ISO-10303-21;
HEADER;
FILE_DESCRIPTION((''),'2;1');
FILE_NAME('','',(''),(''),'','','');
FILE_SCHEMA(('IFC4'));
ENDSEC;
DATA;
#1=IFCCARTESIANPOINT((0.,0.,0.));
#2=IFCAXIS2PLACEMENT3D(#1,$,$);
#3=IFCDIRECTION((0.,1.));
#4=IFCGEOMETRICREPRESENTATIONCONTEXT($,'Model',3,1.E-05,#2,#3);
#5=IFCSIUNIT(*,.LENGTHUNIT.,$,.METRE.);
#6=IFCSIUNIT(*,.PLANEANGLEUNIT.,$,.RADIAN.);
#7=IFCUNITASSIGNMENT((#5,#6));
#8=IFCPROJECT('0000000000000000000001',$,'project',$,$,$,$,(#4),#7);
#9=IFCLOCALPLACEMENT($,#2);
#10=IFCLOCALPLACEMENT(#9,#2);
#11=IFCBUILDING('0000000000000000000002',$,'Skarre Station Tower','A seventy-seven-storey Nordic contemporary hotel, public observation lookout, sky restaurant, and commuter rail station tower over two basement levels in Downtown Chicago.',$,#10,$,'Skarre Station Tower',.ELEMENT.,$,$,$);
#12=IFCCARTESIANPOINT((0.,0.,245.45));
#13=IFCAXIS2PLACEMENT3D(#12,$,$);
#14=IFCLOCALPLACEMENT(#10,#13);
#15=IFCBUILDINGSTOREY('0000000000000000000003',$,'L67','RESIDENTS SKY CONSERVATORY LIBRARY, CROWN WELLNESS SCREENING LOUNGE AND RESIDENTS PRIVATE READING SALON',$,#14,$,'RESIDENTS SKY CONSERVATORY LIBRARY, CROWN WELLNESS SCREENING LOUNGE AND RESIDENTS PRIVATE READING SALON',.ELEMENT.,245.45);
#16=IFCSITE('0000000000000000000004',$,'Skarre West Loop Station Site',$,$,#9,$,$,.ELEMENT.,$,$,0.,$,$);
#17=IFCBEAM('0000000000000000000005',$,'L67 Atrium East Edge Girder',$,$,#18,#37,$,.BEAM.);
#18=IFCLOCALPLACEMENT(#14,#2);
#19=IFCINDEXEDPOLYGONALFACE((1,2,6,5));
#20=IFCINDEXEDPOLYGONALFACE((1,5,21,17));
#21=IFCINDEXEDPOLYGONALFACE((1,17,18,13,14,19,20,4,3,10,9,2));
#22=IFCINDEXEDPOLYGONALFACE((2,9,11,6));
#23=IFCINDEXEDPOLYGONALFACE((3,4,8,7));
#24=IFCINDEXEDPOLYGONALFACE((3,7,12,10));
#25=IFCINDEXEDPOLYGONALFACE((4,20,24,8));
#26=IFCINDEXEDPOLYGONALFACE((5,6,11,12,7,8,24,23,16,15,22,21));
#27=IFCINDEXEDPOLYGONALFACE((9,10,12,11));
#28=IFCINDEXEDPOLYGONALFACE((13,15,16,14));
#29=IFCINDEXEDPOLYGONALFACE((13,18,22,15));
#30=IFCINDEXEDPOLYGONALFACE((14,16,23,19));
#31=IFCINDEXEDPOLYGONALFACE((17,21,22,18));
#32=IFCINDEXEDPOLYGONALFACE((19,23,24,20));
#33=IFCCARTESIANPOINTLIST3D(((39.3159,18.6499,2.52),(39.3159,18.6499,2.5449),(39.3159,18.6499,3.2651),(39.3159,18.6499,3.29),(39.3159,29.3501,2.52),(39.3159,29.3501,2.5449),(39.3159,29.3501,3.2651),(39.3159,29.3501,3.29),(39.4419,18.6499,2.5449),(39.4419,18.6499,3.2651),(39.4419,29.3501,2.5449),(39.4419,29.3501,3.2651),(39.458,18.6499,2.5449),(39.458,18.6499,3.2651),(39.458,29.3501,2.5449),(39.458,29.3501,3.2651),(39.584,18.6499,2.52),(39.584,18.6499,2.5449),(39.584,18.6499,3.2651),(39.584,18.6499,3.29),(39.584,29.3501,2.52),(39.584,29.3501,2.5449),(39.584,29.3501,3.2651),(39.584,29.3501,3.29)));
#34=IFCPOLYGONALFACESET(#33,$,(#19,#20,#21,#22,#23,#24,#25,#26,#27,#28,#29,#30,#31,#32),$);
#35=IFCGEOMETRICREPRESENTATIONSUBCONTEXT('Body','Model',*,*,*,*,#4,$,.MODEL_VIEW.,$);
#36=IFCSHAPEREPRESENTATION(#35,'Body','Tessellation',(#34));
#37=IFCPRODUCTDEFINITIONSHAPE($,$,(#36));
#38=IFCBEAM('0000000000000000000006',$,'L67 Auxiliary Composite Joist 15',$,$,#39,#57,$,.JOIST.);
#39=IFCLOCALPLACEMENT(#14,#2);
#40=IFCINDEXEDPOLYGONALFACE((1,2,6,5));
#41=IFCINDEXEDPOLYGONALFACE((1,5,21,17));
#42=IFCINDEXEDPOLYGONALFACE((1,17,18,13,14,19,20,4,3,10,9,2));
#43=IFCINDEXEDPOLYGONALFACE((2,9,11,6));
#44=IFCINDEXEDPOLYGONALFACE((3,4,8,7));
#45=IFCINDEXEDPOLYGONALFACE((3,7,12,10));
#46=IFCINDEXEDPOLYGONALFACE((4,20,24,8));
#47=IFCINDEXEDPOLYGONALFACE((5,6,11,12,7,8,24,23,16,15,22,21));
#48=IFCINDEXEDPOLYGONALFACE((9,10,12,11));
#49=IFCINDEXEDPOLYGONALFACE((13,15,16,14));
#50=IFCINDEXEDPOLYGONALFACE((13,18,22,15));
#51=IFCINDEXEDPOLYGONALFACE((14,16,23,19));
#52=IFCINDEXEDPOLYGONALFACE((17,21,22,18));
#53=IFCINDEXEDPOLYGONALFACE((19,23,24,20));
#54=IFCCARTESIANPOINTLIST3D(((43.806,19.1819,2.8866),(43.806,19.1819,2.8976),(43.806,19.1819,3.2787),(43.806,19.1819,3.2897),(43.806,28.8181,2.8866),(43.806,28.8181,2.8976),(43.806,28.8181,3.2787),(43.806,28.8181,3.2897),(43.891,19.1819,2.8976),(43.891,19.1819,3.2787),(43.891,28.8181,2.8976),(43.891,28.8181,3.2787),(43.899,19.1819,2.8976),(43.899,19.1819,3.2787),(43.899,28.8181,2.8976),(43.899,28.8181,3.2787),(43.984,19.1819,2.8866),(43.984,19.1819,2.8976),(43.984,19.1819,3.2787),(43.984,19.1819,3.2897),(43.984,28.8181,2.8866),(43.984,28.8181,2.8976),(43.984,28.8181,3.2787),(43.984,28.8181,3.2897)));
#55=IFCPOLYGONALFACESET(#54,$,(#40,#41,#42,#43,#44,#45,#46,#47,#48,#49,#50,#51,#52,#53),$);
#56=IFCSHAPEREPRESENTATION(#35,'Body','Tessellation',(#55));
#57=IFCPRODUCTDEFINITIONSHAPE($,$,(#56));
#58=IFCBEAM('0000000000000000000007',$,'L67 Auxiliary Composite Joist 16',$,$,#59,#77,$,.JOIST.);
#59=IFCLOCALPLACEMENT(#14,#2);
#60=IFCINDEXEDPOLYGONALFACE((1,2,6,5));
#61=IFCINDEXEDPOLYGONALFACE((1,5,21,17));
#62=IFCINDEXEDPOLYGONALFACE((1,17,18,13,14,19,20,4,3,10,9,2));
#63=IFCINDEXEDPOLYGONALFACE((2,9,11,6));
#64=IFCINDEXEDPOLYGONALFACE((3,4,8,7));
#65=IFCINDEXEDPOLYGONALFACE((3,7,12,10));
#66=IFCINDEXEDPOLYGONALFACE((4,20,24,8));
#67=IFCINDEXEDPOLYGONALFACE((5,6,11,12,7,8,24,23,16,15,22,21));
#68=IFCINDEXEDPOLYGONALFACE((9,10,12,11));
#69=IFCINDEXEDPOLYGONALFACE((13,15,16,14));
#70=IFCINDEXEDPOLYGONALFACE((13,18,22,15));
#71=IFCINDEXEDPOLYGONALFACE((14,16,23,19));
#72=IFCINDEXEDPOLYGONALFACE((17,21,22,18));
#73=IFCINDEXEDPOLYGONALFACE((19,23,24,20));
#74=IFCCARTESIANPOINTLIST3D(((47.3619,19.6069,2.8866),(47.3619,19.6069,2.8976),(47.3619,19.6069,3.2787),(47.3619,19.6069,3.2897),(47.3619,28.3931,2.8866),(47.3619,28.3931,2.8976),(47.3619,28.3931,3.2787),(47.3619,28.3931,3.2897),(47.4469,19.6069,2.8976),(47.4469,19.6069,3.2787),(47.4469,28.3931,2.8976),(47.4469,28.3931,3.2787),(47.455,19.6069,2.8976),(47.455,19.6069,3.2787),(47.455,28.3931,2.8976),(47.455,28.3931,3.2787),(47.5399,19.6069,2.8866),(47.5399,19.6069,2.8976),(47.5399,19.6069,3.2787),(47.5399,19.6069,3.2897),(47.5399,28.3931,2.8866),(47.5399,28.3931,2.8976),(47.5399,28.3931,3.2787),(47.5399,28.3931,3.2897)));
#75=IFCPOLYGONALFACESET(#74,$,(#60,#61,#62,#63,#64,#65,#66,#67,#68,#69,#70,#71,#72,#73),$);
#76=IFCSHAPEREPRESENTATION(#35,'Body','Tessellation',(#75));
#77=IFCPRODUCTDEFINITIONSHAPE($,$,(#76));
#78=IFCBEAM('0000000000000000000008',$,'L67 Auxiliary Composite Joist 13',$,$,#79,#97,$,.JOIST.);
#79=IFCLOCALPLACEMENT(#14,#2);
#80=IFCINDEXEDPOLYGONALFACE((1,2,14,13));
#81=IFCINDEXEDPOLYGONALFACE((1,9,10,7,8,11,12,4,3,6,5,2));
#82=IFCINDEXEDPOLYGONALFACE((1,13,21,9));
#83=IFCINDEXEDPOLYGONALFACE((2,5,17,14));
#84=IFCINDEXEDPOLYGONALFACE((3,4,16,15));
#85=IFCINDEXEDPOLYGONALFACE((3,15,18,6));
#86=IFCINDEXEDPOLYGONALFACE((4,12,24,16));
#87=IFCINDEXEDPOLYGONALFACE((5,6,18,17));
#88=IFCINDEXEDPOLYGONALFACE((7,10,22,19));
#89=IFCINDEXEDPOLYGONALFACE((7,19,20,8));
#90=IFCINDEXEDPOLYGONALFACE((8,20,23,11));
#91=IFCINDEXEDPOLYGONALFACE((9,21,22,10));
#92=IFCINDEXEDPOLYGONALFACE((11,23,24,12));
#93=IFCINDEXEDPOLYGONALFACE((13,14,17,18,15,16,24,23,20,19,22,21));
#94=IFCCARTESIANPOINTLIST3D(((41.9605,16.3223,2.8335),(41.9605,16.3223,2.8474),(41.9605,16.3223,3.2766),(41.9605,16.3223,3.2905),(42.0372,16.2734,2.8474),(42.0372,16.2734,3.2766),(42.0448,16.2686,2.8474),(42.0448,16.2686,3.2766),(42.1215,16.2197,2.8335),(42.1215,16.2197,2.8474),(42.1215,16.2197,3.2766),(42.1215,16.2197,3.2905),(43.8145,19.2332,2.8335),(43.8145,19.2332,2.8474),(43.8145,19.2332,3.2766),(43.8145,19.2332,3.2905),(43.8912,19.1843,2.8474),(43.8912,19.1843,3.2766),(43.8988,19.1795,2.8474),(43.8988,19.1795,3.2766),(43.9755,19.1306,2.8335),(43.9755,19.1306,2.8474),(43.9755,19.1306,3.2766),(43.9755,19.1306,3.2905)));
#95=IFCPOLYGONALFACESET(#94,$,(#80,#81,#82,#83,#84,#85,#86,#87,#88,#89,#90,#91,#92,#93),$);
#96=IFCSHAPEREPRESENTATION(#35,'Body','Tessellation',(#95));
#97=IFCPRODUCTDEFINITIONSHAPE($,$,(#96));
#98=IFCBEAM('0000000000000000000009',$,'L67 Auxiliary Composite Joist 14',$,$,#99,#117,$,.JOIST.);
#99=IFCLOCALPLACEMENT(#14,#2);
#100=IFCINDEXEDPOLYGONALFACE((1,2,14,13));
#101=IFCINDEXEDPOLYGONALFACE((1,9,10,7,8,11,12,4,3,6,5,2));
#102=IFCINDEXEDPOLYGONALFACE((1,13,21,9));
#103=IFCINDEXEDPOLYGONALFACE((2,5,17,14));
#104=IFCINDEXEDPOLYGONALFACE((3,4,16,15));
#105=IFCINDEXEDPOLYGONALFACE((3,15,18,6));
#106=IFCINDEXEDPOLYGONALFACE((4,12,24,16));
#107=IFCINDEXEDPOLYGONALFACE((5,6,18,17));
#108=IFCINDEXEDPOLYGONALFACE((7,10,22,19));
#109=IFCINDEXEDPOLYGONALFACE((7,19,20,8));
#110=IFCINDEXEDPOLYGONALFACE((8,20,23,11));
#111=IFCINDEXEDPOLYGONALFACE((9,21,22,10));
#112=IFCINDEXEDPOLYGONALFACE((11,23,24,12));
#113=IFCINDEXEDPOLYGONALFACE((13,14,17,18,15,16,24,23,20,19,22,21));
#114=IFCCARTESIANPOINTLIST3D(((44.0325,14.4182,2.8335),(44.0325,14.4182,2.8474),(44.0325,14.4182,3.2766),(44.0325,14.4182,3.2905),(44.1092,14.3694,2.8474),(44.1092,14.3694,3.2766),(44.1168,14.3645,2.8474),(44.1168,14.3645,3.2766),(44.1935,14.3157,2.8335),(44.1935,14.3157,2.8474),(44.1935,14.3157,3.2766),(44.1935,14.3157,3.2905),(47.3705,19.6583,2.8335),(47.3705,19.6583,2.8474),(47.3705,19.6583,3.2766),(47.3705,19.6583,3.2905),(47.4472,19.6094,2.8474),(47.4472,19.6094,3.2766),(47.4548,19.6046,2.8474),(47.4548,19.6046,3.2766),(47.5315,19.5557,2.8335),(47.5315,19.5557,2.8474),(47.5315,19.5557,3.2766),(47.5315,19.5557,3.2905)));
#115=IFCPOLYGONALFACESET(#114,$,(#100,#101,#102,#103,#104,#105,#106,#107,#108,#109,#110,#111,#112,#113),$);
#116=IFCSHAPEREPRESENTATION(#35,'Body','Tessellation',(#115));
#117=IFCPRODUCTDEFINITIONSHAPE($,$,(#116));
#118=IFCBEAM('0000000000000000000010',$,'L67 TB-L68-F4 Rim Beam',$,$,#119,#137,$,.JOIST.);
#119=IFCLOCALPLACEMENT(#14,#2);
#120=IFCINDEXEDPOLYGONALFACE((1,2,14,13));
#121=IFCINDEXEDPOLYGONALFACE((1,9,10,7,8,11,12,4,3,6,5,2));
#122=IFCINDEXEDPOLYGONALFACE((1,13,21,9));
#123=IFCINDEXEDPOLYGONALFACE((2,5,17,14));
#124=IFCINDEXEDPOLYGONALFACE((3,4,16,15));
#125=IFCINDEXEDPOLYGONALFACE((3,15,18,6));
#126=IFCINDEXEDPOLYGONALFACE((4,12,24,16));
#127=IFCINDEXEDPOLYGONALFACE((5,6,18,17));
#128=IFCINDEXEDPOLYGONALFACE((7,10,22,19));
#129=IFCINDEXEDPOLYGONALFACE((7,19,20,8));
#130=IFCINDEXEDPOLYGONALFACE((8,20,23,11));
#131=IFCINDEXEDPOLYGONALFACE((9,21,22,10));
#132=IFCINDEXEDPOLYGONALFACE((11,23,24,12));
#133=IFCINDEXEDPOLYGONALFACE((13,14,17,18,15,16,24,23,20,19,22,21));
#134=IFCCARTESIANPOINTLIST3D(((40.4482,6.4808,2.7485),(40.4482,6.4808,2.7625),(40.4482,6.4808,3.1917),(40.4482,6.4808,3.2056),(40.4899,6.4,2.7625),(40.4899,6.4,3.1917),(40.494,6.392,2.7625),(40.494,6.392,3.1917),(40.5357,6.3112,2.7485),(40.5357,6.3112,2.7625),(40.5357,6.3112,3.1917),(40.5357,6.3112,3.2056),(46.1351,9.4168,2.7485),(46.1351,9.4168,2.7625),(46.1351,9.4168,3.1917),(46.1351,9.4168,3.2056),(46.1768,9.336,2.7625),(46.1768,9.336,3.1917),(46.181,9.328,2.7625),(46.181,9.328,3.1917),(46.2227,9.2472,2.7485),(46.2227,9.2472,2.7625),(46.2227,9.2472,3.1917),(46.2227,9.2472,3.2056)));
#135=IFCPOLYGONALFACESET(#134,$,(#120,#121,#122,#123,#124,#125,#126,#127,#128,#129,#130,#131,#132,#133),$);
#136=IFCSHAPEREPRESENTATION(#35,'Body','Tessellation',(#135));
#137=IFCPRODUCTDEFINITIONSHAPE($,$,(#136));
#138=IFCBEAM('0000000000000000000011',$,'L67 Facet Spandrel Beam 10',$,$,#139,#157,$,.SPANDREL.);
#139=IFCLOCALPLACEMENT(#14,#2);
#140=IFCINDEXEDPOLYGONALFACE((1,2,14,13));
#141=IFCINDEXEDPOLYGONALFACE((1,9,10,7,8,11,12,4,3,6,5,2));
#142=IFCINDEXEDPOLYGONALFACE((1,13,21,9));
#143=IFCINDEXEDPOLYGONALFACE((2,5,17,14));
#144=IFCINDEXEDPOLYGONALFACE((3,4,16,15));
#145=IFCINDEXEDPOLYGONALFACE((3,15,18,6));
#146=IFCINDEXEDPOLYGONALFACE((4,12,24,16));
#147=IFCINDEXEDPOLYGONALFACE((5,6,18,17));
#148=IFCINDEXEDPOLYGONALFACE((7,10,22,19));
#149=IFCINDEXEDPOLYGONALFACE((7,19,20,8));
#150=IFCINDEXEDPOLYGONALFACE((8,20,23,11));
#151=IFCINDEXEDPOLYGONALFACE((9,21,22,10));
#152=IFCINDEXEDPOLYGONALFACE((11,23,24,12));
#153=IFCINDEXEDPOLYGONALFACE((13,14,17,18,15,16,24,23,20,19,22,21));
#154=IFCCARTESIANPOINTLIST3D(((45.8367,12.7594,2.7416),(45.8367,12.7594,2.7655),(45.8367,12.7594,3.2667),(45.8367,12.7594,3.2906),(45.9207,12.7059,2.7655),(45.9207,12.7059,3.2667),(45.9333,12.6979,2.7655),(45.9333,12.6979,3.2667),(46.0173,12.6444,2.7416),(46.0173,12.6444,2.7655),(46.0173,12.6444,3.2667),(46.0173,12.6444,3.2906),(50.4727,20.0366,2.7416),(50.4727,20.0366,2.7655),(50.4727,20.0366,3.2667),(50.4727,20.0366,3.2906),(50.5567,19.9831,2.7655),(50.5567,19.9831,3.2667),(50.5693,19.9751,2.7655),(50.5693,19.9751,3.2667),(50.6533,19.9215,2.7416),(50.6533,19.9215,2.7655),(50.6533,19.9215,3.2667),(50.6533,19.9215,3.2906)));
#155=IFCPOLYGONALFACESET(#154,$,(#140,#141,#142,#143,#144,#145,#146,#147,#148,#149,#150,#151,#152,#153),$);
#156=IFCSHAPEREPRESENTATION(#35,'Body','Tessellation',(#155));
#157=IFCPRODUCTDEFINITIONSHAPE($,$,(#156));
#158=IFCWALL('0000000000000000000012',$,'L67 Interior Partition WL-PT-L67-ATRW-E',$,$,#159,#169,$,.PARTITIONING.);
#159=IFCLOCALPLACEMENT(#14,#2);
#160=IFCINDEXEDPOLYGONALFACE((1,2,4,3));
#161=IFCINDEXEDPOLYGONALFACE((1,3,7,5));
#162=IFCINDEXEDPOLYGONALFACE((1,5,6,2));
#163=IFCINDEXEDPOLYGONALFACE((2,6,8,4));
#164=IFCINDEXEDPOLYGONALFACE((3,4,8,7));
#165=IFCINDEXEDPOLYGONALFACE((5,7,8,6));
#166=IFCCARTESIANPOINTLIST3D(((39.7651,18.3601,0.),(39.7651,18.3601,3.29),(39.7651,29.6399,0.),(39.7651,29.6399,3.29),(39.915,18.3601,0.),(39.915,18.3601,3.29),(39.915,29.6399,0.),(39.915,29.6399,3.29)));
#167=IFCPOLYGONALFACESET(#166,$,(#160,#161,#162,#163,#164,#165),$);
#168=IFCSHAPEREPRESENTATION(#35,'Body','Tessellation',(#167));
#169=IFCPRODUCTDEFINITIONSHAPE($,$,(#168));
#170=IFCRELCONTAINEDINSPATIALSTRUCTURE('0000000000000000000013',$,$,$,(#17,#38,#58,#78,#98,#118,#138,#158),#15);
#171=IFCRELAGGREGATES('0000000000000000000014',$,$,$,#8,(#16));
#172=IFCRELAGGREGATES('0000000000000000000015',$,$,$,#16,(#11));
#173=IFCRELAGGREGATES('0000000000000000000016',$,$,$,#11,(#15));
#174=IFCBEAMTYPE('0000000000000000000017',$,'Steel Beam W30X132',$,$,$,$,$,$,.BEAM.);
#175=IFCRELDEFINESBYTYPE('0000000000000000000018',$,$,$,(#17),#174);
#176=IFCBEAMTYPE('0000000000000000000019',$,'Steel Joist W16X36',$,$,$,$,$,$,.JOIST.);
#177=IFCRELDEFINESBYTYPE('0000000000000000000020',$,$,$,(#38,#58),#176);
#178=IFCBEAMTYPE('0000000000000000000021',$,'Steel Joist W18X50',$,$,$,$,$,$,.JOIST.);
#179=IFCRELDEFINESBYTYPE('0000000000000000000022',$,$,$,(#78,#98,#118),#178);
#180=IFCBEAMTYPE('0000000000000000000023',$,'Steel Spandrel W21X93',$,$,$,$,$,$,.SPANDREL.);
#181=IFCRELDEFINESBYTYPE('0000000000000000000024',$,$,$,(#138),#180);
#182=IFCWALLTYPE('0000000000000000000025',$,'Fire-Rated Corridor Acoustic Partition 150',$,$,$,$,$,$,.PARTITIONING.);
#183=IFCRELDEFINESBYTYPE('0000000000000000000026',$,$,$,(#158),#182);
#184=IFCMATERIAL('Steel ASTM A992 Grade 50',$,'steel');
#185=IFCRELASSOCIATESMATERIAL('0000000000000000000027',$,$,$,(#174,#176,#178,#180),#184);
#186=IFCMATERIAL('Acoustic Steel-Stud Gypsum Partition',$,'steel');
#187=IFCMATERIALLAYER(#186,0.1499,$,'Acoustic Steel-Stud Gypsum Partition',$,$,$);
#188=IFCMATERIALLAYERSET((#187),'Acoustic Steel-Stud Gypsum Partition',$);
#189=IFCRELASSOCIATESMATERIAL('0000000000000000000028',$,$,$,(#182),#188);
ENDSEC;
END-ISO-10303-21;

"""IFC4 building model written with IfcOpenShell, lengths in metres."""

from ifc_helpers import new_model, si_unit, direction, frame, frame_2d, origin, origin_2d, place, context, subcontext, project, spatial, rectangle, i_section, extrude, material, layer, layer_set, material_profile, profile_set, type_object, element, save


model = new_model("IFC4")

# Units and contexts
model_context = context("Model", 3, precision=1e-05, world=origin(), true_north=direction((0.0, 1.0)))
body_context = subcontext(model_context, "Body", "Model", "MODEL_VIEW")
ifc_project = project(units=[si_unit("LENGTHUNIT", "METRE"), si_unit("PLANEANGLEUNIT", "RADIAN")], contexts=[model_context])

# Site, building, storey
site_placement = place(None, origin())
site = spatial("IfcSite", under=ifc_project, at=site_placement, Name="Skarre West Loop Station Site", CompositionType="ELEMENT", RefElevation=0.0)
building_placement = place(site_placement, origin())
building = spatial("IfcBuilding", under=site, at=building_placement, Name="Skarre Station Tower", Description="A seventy-seven-storey Nordic contemporary hotel, public observation lookout, sky restaurant, and commuter rail station tower over two basement levels in Downtown Chicago.", LongName="Skarre Station Tower", CompositionType="ELEMENT")
storey_placement = place(building_placement, frame((0.0, 0.0, 245.45)))
storey = spatial("IfcBuildingStorey", under=building, at=storey_placement, Name="L67", Description="RESIDENTS SKY CONSERVATORY LIBRARY, CROWN WELLNESS SCREENING LOUNGE AND RESIDENTS PRIVATE READING SALON", LongName="RESIDENTS SKY CONSERVATORY LIBRARY, CROWN WELLNESS SCREENING LOUNGE AND RESIDENTS PRIVATE READING SALON", CompositionType="ELEMENT", Elevation=245.45)

# Beams
ifc_material_1 = material(Name="Steel ASTM A992 Grade 50", Category="steel")
ifc_material_profile_1 = material_profile(ifc_material_1, i_section(OverallWidth=0.2681, OverallDepth=0.77, WebThickness=0.0161, FlangeThickness=0.0249, at=origin_2d()), Name="Steel ASTM A992 Grade 50")
ifc_profile_set_1 = profile_set([ifc_material_profile_1], Name="Steel ASTM A992 Grade 50")
beam_type_1 = type_object("IfcBeamType", Name="Steel Beam W30X132", PredefinedType="BEAM", material=ifc_profile_set_1)
beam_1_placement = place(storey_placement, frame((39.45, 18.6499, 2.905), z_axis=(0.0, 1.0, 0.0), x_axis=(-1.0, 0.0, 0.0)))
element("IfcBeam", 1, at=beam_1_placement, inside=storey, type_object=beam_type_1, Name="L67 Atrium East Edge Girder", PredefinedType="BEAM", context=body_context, shape_type="SweptSolid", body=[
    extrude(i_section(OverallWidth=0.2681, OverallDepth=0.77, WebThickness=0.0161, FlangeThickness=0.0249, at=origin_2d()), origin(), (0.0, 0.0, 1.0), 10.7002),
])
ifc_material_profile_2 = material_profile(ifc_material_1, i_section(OverallWidth=0.178, OverallDepth=0.4031, WebThickness=0.0081, FlangeThickness=0.011, at=origin_2d()), Name="Steel ASTM A992 Grade 50")
ifc_profile_set_2 = profile_set([ifc_material_profile_2], Name="Steel ASTM A992 Grade 50")
beam_type_2 = type_object("IfcBeamType", Name="Steel Joist W16X36", PredefinedType="JOIST", material=ifc_profile_set_2)
beam_2_placement = place(storey_placement, frame((43.895, 19.1819, 3.0881), z_axis=(0.0, 1.0, 0.0), x_axis=(-1.0, 0.0, 0.0)))
element("IfcBeam", 2, at=beam_2_placement, inside=storey, type_object=beam_type_2, Name="L67 Auxiliary Composite Joist 15", PredefinedType="JOIST", context=body_context, shape_type="SweptSolid", body=[
    extrude(i_section(OverallWidth=0.178, OverallDepth=0.4031, WebThickness=0.0081, FlangeThickness=0.011, at=origin_2d()), origin(), (0.0, 0.0, 1.0), 9.6362),
])
beam_3_placement = place(storey_placement, frame((47.4509, 19.6069, 3.0881), z_axis=(0.0, 1.0, 0.0), x_axis=(-1.0, 0.0, 0.0)))
element("IfcBeam", 3, at=beam_3_placement, inside=storey, type_object=beam_type_2, Name="L67 Auxiliary Composite Joist 16", PredefinedType="JOIST", context=body_context, shape_type="SweptSolid", body=[
    extrude(i_section(OverallWidth=0.178, OverallDepth=0.4031, WebThickness=0.0081, FlangeThickness=0.011, at=origin_2d()), origin(), (0.0, 0.0, 1.0), 8.7861),
])
ifc_material_profile_3 = material_profile(ifc_material_1, i_section(OverallWidth=0.1909, OverallDepth=0.457, WebThickness=0.009, FlangeThickness=0.0139, at=origin_2d()), Name="Steel ASTM A992 Grade 50")
ifc_profile_set_3 = profile_set([ifc_material_profile_3], Name="Steel ASTM A992 Grade 50")
beam_type_3 = type_object("IfcBeamType", Name="Steel Joist W18X50", PredefinedType="JOIST", material=ifc_profile_set_3)
beam_4_placement = place(storey_placement, frame((42.041, 16.271, 3.062), z_axis=(0.53721, 0.843449, 0.0), x_axis=(-0.843449, 0.53721, 0.0)))
element("IfcBeam", 4, at=beam_4_placement, inside=storey, type_object=beam_type_3, Name="L67 Auxiliary Composite Joist 13", PredefinedType="JOIST", context=body_context, shape_type="SweptSolid", body=[
    extrude(i_section(OverallWidth=0.1909, OverallDepth=0.457, WebThickness=0.009, FlangeThickness=0.0139, at=origin_2d()), origin(), (0.0, 0.0, 1.0), 3.4512),
])
beam_5_placement = place(storey_placement, frame((44.113, 14.3669, 3.062), z_axis=(0.537259, 0.843417, 0.0), x_axis=(-0.843417, 0.537259, 0.0)))
element("IfcBeam", 5, at=beam_5_placement, inside=storey, type_object=beam_type_3, Name="L67 Auxiliary Composite Joist 14", PredefinedType="JOIST", context=body_context, shape_type="SweptSolid", body=[
    extrude(i_section(OverallWidth=0.1909, OverallDepth=0.457, WebThickness=0.009, FlangeThickness=0.0139, at=origin_2d()), origin(), (0.0, 0.0, 1.0), 6.2129),
])
beam_6_placement = place(storey_placement, frame((40.4919, 6.396, 2.9771), z_axis=(0.888569, 0.458742, 0.0), x_axis=(-0.458742, 0.888569, 0.0)))
element("IfcBeam", 6, at=beam_6_placement, inside=storey, type_object=beam_type_3, Name="L67 TB-L68-F4 Rim Beam", PredefinedType="JOIST", context=body_context, shape_type="SweptSolid", body=[
    extrude(i_section(OverallWidth=0.1909, OverallDepth=0.457, WebThickness=0.009, FlangeThickness=0.0139, at=origin_2d()), origin(), (0.0, 0.0, 1.0), 6.4001),
])
ifc_material_profile_4 = material_profile(ifc_material_1, i_section(OverallWidth=0.2141, OverallDepth=0.5491, WebThickness=0.0149, FlangeThickness=0.0239, at=origin_2d()), Name="Steel ASTM A992 Grade 50")
ifc_profile_set_4 = profile_set([ifc_material_profile_4], Name="Steel ASTM A992 Grade 50")
beam_type_4 = type_object("IfcBeamType", Name="Steel Spandrel W21X93", PredefinedType="SPANDREL", material=ifc_profile_set_4)
beam_7_placement = place(storey_placement, frame((45.927, 12.7019, 3.0161), z_axis=(0.537297, 0.843393, 0.0), x_axis=(-0.843393, 0.537297, 0.0)))
element("IfcBeam", 7, at=beam_7_placement, inside=storey, type_object=beam_type_4, Name="L67 Facet Spandrel Beam 10", PredefinedType="SPANDREL", context=body_context, shape_type="SweptSolid", body=[
    extrude(i_section(OverallWidth=0.2141, OverallDepth=0.5491, WebThickness=0.0149, FlangeThickness=0.0239, at=origin_2d()), origin(), (0.0, 0.0, 1.0), 8.6284),
])

# Wall
ifc_material_2 = material(Name="Acoustic Steel-Stud Gypsum Partition", Category="steel")
ifc_layer_1 = layer(ifc_material_2, 0.1499, Name="Acoustic Steel-Stud Gypsum Partition")
ifc_layer_set_1 = layer_set([ifc_layer_1], Name="Acoustic Steel-Stud Gypsum Partition")
wall_type_1 = type_object("IfcWallType", Name="Fire-Rated Corridor Acoustic Partition 150", PredefinedType="PARTITIONING", material=ifc_layer_set_1)
wall_1_placement = place(storey_placement, frame((39.8401, 18.3601, 0.0), z_axis=(0.0, 0.0, 1.0), x_axis=(0.0, 1.0, 0.0)))
element("IfcWall", 8, at=wall_1_placement, inside=storey, type_object=wall_type_1, Name="L67 Interior Partition WL-PT-L67-ATRW-E", PredefinedType="PARTITIONING", context=body_context, shape_type="SweptSolid", body=[
    extrude(rectangle(XDim=11.2798, YDim=0.1499, at=frame_2d((5.6399, 0.0))), origin(), (0.0, 0.0, 1.0), 3.29),
])

save(model, "model.ifc")
